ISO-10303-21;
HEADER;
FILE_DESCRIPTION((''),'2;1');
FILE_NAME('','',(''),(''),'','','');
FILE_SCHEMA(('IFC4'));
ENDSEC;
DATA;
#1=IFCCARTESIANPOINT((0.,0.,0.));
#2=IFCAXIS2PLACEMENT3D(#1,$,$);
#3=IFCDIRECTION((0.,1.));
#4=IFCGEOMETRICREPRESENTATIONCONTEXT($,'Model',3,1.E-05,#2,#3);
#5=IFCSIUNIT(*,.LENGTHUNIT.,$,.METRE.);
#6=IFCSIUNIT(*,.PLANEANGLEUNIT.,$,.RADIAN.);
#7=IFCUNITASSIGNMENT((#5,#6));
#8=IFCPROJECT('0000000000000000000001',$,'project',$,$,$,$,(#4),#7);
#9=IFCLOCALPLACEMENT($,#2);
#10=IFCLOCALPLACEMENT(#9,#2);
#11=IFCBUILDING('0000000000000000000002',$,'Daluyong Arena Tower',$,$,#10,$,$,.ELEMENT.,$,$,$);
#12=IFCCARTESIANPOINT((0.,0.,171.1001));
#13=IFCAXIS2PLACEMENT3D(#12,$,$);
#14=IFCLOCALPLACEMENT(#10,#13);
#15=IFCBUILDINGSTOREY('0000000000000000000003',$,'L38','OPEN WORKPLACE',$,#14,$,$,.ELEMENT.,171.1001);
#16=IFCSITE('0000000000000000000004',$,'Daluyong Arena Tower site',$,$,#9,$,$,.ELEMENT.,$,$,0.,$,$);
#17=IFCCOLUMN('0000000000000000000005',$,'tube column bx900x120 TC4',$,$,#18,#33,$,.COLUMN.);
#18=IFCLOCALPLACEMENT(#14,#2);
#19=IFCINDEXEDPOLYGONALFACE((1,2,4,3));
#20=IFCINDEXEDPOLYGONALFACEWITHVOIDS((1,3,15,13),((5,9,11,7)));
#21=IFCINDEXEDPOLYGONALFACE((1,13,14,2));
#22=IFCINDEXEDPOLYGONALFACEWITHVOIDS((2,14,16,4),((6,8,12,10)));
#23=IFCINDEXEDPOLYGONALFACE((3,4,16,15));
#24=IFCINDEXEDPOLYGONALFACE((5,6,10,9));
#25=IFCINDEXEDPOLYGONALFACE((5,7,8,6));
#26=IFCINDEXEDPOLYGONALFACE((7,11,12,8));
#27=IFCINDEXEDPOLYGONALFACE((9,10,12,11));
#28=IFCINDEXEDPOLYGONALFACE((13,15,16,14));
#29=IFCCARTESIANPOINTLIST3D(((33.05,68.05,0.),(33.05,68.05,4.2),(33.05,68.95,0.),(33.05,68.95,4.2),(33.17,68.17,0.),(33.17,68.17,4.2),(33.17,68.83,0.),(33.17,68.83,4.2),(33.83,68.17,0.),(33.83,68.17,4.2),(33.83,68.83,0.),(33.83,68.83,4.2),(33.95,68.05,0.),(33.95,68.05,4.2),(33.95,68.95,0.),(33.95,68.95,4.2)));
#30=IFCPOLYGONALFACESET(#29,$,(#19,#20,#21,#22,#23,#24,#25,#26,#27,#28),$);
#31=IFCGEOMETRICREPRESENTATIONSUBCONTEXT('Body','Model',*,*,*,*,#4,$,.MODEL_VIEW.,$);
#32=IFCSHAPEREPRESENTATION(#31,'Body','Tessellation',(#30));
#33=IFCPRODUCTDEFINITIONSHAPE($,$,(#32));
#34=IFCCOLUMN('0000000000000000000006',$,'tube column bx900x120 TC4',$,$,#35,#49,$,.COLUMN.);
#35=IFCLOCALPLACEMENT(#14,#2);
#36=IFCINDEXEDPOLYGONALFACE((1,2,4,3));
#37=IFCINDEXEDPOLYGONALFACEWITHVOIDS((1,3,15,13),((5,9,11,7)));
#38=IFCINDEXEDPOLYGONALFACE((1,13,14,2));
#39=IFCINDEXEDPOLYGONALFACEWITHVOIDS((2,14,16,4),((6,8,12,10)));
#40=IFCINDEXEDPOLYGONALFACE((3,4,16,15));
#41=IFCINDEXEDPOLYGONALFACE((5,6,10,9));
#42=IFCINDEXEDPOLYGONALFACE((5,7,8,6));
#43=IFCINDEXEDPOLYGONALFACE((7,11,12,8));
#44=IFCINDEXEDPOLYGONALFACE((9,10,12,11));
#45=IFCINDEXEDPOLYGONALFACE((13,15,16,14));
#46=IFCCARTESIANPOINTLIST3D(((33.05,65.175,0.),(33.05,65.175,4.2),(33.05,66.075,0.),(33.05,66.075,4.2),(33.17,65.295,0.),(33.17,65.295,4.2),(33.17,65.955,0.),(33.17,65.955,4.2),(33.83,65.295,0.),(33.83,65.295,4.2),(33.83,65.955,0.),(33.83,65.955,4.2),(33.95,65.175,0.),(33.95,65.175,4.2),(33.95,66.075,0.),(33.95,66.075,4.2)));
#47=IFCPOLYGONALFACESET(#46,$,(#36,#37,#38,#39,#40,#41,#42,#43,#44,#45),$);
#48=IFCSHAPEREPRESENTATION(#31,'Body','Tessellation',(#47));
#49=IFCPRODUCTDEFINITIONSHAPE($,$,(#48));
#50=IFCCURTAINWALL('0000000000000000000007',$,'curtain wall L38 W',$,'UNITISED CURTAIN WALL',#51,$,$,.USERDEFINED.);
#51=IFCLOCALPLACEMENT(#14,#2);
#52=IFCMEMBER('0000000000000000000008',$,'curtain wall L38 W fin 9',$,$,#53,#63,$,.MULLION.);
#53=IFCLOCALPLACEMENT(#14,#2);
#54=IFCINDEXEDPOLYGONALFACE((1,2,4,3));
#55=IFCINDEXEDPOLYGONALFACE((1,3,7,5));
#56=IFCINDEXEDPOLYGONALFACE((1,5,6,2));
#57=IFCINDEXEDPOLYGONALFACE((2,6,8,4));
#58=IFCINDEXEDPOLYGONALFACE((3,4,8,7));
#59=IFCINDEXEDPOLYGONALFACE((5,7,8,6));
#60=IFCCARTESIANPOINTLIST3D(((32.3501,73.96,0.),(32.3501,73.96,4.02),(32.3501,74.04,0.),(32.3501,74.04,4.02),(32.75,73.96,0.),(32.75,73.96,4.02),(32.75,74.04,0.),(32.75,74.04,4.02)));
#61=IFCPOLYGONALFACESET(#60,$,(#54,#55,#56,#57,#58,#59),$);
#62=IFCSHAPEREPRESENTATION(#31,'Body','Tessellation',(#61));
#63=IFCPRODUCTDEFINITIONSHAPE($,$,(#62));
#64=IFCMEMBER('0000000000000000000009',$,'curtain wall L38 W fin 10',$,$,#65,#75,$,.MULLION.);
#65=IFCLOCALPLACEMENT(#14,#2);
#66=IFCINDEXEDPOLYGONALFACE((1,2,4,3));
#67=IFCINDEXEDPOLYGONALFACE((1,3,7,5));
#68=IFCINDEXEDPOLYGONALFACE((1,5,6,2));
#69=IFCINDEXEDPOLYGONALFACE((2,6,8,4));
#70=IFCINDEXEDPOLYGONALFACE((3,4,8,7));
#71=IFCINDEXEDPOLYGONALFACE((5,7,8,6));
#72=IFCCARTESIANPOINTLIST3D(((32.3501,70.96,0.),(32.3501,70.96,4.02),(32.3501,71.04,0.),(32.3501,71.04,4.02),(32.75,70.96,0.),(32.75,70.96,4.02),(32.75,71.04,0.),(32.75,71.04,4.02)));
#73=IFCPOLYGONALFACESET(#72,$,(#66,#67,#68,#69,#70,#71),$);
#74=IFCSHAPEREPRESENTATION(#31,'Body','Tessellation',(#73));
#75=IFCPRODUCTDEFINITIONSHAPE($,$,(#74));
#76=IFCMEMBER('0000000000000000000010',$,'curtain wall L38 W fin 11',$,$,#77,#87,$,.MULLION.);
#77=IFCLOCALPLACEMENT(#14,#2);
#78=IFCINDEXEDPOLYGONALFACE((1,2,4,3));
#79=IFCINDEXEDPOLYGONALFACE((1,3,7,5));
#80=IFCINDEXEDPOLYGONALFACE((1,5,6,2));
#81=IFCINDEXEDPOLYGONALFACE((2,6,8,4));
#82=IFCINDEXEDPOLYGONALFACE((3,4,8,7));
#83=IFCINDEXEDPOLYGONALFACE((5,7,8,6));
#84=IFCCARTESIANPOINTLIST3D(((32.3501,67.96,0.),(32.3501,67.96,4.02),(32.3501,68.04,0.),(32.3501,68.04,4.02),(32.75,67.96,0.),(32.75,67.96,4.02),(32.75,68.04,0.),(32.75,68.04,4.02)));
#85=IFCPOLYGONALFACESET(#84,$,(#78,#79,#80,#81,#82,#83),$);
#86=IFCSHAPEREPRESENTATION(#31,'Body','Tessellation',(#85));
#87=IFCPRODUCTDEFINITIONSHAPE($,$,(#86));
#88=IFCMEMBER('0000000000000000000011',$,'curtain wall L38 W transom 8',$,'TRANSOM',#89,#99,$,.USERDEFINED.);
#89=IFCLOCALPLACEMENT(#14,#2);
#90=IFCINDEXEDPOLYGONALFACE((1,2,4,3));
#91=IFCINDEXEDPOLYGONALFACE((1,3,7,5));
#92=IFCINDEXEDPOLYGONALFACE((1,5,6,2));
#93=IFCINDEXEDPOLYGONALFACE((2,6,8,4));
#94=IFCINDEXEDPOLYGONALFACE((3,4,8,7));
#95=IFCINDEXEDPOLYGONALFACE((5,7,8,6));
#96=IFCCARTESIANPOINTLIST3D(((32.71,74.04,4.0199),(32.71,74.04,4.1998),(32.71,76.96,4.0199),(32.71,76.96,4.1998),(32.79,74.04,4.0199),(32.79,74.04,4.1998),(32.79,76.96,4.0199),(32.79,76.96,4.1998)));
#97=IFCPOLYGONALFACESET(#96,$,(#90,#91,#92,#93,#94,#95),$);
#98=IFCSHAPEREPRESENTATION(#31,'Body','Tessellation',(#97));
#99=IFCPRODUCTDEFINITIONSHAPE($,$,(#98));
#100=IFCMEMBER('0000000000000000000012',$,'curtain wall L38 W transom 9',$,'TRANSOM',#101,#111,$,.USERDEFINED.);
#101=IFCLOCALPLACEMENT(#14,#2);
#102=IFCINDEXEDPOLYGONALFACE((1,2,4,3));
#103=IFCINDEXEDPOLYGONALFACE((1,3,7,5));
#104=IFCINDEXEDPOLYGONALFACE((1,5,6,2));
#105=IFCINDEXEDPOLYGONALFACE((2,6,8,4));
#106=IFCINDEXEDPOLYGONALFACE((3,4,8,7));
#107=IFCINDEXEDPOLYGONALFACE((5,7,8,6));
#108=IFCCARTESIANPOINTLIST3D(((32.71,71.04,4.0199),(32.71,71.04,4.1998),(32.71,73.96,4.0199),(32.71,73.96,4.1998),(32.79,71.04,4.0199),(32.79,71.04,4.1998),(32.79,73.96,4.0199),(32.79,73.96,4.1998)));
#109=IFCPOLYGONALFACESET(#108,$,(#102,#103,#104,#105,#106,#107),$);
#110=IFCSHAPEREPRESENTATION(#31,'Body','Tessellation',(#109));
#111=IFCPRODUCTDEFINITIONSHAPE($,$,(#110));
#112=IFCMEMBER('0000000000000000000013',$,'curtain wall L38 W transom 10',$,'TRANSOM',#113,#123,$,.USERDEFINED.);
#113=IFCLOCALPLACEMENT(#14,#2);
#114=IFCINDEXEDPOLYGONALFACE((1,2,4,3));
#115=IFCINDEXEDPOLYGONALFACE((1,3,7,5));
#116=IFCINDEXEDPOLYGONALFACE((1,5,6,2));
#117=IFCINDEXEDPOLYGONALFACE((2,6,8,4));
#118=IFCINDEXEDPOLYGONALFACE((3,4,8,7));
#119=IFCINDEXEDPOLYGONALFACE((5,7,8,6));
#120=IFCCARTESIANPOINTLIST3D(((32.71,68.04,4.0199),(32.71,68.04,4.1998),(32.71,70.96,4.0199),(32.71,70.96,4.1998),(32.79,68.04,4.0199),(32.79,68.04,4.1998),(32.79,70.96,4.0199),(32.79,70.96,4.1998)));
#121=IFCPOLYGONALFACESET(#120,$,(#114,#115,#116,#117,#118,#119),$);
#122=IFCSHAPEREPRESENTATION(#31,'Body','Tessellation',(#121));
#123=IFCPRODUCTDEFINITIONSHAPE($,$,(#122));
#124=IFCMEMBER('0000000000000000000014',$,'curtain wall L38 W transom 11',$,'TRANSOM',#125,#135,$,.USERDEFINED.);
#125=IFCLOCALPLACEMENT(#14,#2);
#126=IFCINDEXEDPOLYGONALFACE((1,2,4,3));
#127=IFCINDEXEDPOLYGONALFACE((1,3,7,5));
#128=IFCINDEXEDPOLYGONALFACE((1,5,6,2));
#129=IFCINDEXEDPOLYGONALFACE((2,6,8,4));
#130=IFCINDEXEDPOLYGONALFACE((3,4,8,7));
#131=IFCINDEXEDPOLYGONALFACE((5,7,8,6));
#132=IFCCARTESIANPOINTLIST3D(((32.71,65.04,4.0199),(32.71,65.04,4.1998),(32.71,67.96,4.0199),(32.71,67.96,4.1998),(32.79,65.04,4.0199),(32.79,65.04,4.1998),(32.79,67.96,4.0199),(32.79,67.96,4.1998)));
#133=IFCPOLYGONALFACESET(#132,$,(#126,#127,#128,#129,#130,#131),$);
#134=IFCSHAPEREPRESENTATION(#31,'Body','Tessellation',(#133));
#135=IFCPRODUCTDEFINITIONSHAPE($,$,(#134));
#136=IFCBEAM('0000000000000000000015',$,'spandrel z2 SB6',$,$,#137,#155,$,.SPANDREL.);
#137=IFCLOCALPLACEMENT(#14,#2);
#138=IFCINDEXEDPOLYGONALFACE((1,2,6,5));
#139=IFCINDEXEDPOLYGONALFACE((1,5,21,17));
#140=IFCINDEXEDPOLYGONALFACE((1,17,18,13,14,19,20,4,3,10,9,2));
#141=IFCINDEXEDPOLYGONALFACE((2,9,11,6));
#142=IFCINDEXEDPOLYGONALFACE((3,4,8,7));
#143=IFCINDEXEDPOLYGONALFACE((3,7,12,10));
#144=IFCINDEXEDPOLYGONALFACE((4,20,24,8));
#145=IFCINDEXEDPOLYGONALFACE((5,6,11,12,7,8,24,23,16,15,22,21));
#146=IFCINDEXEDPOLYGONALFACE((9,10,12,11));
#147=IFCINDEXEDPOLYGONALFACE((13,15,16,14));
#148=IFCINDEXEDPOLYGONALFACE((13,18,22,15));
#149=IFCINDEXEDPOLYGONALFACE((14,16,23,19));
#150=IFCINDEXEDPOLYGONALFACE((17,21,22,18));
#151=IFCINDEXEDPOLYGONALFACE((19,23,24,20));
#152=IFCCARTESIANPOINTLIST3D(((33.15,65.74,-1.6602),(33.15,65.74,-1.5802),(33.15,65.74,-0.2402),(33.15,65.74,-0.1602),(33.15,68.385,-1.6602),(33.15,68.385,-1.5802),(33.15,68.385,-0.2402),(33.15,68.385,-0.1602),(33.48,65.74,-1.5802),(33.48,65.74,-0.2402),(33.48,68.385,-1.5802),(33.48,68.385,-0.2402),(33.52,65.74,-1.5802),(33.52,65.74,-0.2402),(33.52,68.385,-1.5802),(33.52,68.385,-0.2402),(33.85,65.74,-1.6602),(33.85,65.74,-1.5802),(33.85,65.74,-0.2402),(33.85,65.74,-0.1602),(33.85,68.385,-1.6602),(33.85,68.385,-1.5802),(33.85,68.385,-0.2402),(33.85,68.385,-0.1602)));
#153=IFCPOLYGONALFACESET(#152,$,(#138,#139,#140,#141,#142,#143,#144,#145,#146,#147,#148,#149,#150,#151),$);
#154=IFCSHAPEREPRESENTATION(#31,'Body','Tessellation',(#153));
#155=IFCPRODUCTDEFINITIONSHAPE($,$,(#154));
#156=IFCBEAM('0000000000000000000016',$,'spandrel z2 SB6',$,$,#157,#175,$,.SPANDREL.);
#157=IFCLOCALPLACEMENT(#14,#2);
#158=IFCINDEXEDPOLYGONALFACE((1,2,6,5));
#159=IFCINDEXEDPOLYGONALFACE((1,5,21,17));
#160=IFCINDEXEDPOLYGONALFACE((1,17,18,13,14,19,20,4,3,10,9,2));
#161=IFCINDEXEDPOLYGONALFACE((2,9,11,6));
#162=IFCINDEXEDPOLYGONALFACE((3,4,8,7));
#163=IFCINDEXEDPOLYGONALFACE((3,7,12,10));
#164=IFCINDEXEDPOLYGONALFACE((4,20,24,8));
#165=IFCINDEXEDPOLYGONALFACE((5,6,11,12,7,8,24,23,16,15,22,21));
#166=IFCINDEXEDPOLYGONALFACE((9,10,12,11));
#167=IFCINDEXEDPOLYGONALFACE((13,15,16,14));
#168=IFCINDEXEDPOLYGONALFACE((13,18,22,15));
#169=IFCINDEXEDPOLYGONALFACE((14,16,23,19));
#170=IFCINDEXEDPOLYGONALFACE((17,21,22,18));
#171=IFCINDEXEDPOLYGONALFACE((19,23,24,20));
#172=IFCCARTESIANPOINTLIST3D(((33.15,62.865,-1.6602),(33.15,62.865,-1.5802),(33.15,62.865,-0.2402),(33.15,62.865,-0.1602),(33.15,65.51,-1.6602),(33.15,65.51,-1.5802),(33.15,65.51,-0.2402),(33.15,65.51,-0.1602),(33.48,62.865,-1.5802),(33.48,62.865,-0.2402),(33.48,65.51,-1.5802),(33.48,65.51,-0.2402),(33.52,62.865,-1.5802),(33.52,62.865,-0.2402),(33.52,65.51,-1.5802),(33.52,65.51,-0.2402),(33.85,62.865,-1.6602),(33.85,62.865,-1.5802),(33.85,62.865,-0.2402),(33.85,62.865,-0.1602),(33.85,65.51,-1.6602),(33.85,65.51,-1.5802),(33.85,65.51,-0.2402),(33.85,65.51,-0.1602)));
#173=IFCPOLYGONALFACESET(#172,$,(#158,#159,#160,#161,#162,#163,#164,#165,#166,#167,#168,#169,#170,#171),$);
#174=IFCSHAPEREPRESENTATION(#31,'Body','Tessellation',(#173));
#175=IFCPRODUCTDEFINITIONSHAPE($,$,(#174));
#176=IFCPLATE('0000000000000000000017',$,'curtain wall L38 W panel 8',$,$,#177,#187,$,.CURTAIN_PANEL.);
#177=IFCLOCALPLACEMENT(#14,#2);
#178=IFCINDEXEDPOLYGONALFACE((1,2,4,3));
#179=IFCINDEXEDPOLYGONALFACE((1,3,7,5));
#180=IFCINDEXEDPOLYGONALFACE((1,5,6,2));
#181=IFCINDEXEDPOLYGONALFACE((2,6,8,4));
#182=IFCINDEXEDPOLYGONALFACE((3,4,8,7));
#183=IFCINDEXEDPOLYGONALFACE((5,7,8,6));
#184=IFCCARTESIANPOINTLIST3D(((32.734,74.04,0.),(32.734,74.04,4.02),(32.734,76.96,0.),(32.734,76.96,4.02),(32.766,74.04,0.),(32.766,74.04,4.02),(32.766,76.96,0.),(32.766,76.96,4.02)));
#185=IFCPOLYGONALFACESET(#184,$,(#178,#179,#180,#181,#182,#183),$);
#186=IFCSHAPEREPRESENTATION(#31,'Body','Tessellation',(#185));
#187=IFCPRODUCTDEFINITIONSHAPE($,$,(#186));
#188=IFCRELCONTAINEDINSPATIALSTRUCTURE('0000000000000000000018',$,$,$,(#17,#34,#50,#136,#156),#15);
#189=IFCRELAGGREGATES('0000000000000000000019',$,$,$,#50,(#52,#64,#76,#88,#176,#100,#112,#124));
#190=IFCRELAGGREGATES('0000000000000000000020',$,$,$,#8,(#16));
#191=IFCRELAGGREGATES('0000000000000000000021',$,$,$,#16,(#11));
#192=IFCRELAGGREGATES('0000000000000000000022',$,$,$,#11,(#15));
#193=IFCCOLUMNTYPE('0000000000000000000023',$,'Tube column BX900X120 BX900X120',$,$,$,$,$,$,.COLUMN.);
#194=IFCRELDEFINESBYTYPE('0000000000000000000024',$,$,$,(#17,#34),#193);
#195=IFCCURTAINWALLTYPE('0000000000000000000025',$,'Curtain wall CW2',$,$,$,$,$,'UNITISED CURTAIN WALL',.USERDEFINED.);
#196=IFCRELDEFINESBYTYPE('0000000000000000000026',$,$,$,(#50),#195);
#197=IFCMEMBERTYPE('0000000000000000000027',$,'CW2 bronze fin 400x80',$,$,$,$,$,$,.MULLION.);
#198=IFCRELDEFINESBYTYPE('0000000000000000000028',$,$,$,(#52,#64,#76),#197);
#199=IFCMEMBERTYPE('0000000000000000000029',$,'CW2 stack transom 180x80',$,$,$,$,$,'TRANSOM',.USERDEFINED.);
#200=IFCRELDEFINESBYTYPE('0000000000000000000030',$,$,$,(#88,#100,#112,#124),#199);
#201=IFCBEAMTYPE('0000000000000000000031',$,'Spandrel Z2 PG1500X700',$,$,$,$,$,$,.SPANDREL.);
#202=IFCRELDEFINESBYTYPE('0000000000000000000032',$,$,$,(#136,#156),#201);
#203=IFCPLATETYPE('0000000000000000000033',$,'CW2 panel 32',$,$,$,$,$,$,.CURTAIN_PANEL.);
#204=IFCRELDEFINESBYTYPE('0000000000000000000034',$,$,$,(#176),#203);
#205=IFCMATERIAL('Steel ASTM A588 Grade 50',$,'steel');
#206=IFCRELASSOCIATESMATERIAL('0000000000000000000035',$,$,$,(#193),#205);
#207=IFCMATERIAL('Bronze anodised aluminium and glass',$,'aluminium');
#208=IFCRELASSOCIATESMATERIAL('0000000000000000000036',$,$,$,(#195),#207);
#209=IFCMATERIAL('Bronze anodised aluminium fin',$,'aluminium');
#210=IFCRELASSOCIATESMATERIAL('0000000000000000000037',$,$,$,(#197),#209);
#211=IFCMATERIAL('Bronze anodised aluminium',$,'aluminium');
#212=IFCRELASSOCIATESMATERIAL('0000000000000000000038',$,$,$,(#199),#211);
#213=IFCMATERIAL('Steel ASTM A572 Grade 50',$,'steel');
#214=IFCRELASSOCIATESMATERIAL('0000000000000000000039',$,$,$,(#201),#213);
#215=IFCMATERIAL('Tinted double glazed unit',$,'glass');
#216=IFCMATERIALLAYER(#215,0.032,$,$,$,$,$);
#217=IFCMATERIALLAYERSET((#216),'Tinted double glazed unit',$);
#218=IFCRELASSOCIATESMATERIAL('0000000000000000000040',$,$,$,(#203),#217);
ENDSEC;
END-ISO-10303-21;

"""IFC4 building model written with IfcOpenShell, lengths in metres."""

from ifc_helpers import new_model, si_unit, direction, frame, origin, origin_2d, place, context, subcontext, project, spatial, rectangle, hollow_rectangle, i_section, extrude, material, layer, layer_set, material_profile, profile_set, type_object, element, aggregate, save


model = new_model("IFC4")

# Units and contexts
model_context = context("Model", 3, precision=1e-05, world=origin(), true_north=direction((0.0, 1.0)))
body_context = subcontext(model_context, "Body", "Model", "MODEL_VIEW")
ifc_project = project(units=[si_unit("LENGTHUNIT", "METRE"), si_unit("PLANEANGLEUNIT", "RADIAN")], contexts=[model_context])

# Site, building, storey
site_placement = place(None, origin())
site = spatial("IfcSite", under=ifc_project, at=site_placement, Name="Daluyong Arena Tower site", CompositionType="ELEMENT", RefElevation=0.0)
building_placement = place(site_placement, origin())
building = spatial("IfcBuilding", under=site, at=building_placement, Name="Daluyong Arena Tower", CompositionType="ELEMENT")
storey_placement = place(building_placement, frame((0.0, 0.0, 171.1001)))
storey = spatial("IfcBuildingStorey", under=building, at=storey_placement, Name="L38", Description="OPEN WORKPLACE", CompositionType="ELEMENT", Elevation=171.1001)

# Columns
ifc_material_1 = material(Name="Steel ASTM A588 Grade 50", Category="steel")
ifc_material_profile_1 = material_profile(ifc_material_1, hollow_rectangle(XDim=0.8999, YDim=0.8999, WallThickness=0.12, at=origin_2d()))
ifc_profile_set_1 = profile_set([ifc_material_profile_1], Name="Steel ASTM A588 Grade 50")
column_type = type_object("IfcColumnType", Name="Tube column BX900X120 BX900X120", PredefinedType="COLUMN", material=ifc_profile_set_1)
for number, where, z_axis, x_axis, name in (
    (1, (33.5, 68.5, 0.0), (0.0, 0.0, 1.0), (0.0, 1.0, 0.0), "tube column bx900x120 TC4"),
    (2, (33.5, 65.625, 0.0), (0.0, 0.0, 1.0), (0.0, 1.0, 0.0), "tube column bx900x120 TC4"),
):
    element("IfcColumn", number, at=place(storey_placement, frame(where, z_axis=z_axis, x_axis=x_axis)), inside=storey, type_object=column_type, Name=name, PredefinedType="COLUMN", context=body_context, shape_type="SweptSolid", body=[
        extrude(hollow_rectangle(XDim=0.8999, YDim=0.8999, WallThickness=0.12, at=origin_2d()), origin(), (0.0, 0.0, 1.0), 4.2),
    ])

# Curtain wall, members
ifc_material_2 = material(Name="Bronze anodised aluminium and glass", Category="aluminium")
curtain_wall_type = type_object("IfcCurtainWallType", Name="Curtain wall CW2", ElementType="UNITISED CURTAIN WALL", PredefinedType="USERDEFINED", material=ifc_material_2)
curtain_wall_placement = place(storey_placement, origin())
curtain_wall = element("IfcCurtainWall", 3, at=curtain_wall_placement, inside=storey, type_object=curtain_wall_type, Name="curtain wall L38 W", ObjectType="UNITISED CURTAIN WALL", PredefinedType="USERDEFINED")
ifc_material_3 = material(Name="Bronze anodised aluminium fin", Category="aluminium")
ifc_material_profile_2 = material_profile(ifc_material_3, rectangle(XDim=0.3999, YDim=0.0801, at=origin_2d()))
ifc_profile_set_2 = profile_set([ifc_material_profile_2], Name="Bronze anodised aluminium fin")
member_type_1 = type_object("IfcMemberType", Name="CW2 bronze fin 400x80", PredefinedType="MULLION", material=ifc_profile_set_2)
member_1_placement = place(storey_placement, frame((32.55, 74.0, 0.0), z_axis=(0.0, 0.0, 1.0), x_axis=(1.0, 0.0, 0.0)))
member_1 = element("IfcMember", 4, at=member_1_placement, type_object=member_type_1, Name="curtain wall L38 W fin 9", PredefinedType="MULLION", context=body_context, shape_type="SweptSolid", body=[
    extrude(rectangle(XDim=0.3999, YDim=0.0801, at=origin_2d()), origin(), (0.0, 0.0, 1.0), 4.02),
])
member_2_placement = place(storey_placement, frame((32.55, 71.0, 0.0), z_axis=(0.0, 0.0, 1.0), x_axis=(1.0, 0.0, 0.0)))
member_2 = element("IfcMember", 5, at=member_2_placement, type_object=member_type_1, Name="curtain wall L38 W fin 10", PredefinedType="MULLION", context=body_context, shape_type="SweptSolid", body=[
    extrude(rectangle(XDim=0.3999, YDim=0.0801, at=origin_2d()), origin(), (0.0, 0.0, 1.0), 4.02),
])
member_3_placement = place(storey_placement, frame((32.55, 68.0, 0.0), z_axis=(0.0, 0.0, 1.0), x_axis=(1.0, 0.0, 0.0)))
member_3 = element("IfcMember", 6, at=member_3_placement, type_object=member_type_1, Name="curtain wall L38 W fin 11", PredefinedType="MULLION", context=body_context, shape_type="SweptSolid", body=[
    extrude(rectangle(XDim=0.3999, YDim=0.0801, at=origin_2d()), origin(), (0.0, 0.0, 1.0), 4.02),
])
ifc_material_4 = material(Name="Bronze anodised aluminium", Category="aluminium")
ifc_material_profile_3 = material_profile(ifc_material_4, rectangle(XDim=0.0801, YDim=0.1799, at=origin_2d()))
ifc_profile_set_3 = profile_set([ifc_material_profile_3], Name="Bronze anodised aluminium")
member_type_2 = type_object("IfcMemberType", Name="CW2 stack transom 180x80", ElementType="TRANSOM", PredefinedType="USERDEFINED", material=ifc_profile_set_3)
member_4_placement = place(storey_placement, frame((32.75, 76.96, 4.1099), z_axis=(0.0, -1.0, 0.0), x_axis=(1.0, 0.0, 0.0)))
member_4 = element("IfcMember", 7, at=member_4_placement, type_object=member_type_2, Name="curtain wall L38 W transom 8", ObjectType="TRANSOM", PredefinedType="USERDEFINED", context=body_context, shape_type="SweptSolid", body=[
    extrude(rectangle(XDim=0.0801, YDim=0.1799, at=origin_2d()), origin(), (0.0, 0.0, 1.0), 2.9199),
])
member_5_placement = place(storey_placement, frame((32.75, 73.96, 4.1099), z_axis=(0.0, -1.0, 0.0), x_axis=(1.0, 0.0, 0.0)))
member_5 = element("IfcMember", 8, at=member_5_placement, type_object=member_type_2, Name="curtain wall L38 W transom 9", ObjectType="TRANSOM", PredefinedType="USERDEFINED", context=body_context, shape_type="SweptSolid", body=[
    extrude(rectangle(XDim=0.0801, YDim=0.1799, at=origin_2d()), origin(), (0.0, 0.0, 1.0), 2.9199),
])
member_6_placement = place(storey_placement, frame((32.75, 70.96, 4.1099), z_axis=(0.0, -1.0, 0.0), x_axis=(1.0, 0.0, 0.0)))
member_6 = element("IfcMember", 9, at=member_6_placement, type_object=member_type_2, Name="curtain wall L38 W transom 10", ObjectType="TRANSOM", PredefinedType="USERDEFINED", context=body_context, shape_type="SweptSolid", body=[
    extrude(rectangle(XDim=0.0801, YDim=0.1799, at=origin_2d()), origin(), (0.0, 0.0, 1.0), 2.9199),
])
member_7_placement = place(storey_placement, frame((32.75, 67.96, 4.1099), z_axis=(0.0, -1.0, 0.0), x_axis=(1.0, 0.0, 0.0)))
member_7 = element("IfcMember", 10, at=member_7_placement, type_object=member_type_2, Name="curtain wall L38 W transom 11", ObjectType="TRANSOM", PredefinedType="USERDEFINED", context=body_context, shape_type="SweptSolid", body=[
    extrude(rectangle(XDim=0.0801, YDim=0.1799, at=origin_2d()), origin(), (0.0, 0.0, 1.0), 2.9199),
])

# Beams
ifc_material_5 = material(Name="Steel ASTM A572 Grade 50", Category="steel")
ifc_material_profile_4 = material_profile(ifc_material_5, i_section(OverallWidth=0.7, OverallDepth=1.5, WebThickness=0.04, FlangeThickness=0.08, at=origin_2d()))
ifc_profile_set_4 = profile_set([ifc_material_profile_4], Name="Steel ASTM A572 Grade 50")
beam_type = type_object("IfcBeamType", Name="Spandrel Z2 PG1500X700", PredefinedType="SPANDREL", material=ifc_profile_set_4)
for number, where, z_axis, x_axis, name in (
    (11, (33.5, 68.385, -0.9102), (0.0, -1.0, 0.0), (1.0, 0.0, 0.0), "spandrel z2 SB6"),
    (12, (33.5, 65.51, -0.9102), (0.0, -1.0, 0.0), (1.0, 0.0, 0.0), "spandrel z2 SB6"),
):
    element("IfcBeam", number, at=place(storey_placement, frame(where, z_axis=z_axis, x_axis=x_axis)), inside=storey, type_object=beam_type, Name=name, PredefinedType="SPANDREL", context=body_context, shape_type="SweptSolid", body=[
        extrude(i_section(OverallWidth=0.7, OverallDepth=1.5, WebThickness=0.04, FlangeThickness=0.08, at=origin_2d()), origin(), (0.0, 0.0, 1.0), 2.645),
    ])

# Plate
ifc_material_6 = material(Name="Tinted double glazed unit", Category="glass")
ifc_layer = layer(ifc_material_6, 0.032)
ifc_layer_set = layer_set([ifc_layer], Name="Tinted double glazed unit")
plate_type = type_object("IfcPlateType", Name="CW2 panel 32", PredefinedType="CURTAIN_PANEL", material=ifc_layer_set)
plate_1_placement = place(storey_placement, frame((32.75, 75.5, 0.0), z_axis=(0.0, 0.0, 1.0), x_axis=(0.0, -1.0, 0.0)))
plate_1 = element("IfcPlate", 13, at=plate_1_placement, type_object=plate_type, Name="curtain wall L38 W panel 8", PredefinedType="CURTAIN_PANEL", context=body_context, shape_type="SweptSolid", body=[
    extrude(rectangle(XDim=2.9199, YDim=0.032, at=origin_2d()), origin(), (0.0, 0.0, 1.0), 4.02),
])
aggregate(curtain_wall, [member_1, member_2, member_3, member_4, plate_1, member_5, member_6, member_7])

save(model, "model.ifc")
